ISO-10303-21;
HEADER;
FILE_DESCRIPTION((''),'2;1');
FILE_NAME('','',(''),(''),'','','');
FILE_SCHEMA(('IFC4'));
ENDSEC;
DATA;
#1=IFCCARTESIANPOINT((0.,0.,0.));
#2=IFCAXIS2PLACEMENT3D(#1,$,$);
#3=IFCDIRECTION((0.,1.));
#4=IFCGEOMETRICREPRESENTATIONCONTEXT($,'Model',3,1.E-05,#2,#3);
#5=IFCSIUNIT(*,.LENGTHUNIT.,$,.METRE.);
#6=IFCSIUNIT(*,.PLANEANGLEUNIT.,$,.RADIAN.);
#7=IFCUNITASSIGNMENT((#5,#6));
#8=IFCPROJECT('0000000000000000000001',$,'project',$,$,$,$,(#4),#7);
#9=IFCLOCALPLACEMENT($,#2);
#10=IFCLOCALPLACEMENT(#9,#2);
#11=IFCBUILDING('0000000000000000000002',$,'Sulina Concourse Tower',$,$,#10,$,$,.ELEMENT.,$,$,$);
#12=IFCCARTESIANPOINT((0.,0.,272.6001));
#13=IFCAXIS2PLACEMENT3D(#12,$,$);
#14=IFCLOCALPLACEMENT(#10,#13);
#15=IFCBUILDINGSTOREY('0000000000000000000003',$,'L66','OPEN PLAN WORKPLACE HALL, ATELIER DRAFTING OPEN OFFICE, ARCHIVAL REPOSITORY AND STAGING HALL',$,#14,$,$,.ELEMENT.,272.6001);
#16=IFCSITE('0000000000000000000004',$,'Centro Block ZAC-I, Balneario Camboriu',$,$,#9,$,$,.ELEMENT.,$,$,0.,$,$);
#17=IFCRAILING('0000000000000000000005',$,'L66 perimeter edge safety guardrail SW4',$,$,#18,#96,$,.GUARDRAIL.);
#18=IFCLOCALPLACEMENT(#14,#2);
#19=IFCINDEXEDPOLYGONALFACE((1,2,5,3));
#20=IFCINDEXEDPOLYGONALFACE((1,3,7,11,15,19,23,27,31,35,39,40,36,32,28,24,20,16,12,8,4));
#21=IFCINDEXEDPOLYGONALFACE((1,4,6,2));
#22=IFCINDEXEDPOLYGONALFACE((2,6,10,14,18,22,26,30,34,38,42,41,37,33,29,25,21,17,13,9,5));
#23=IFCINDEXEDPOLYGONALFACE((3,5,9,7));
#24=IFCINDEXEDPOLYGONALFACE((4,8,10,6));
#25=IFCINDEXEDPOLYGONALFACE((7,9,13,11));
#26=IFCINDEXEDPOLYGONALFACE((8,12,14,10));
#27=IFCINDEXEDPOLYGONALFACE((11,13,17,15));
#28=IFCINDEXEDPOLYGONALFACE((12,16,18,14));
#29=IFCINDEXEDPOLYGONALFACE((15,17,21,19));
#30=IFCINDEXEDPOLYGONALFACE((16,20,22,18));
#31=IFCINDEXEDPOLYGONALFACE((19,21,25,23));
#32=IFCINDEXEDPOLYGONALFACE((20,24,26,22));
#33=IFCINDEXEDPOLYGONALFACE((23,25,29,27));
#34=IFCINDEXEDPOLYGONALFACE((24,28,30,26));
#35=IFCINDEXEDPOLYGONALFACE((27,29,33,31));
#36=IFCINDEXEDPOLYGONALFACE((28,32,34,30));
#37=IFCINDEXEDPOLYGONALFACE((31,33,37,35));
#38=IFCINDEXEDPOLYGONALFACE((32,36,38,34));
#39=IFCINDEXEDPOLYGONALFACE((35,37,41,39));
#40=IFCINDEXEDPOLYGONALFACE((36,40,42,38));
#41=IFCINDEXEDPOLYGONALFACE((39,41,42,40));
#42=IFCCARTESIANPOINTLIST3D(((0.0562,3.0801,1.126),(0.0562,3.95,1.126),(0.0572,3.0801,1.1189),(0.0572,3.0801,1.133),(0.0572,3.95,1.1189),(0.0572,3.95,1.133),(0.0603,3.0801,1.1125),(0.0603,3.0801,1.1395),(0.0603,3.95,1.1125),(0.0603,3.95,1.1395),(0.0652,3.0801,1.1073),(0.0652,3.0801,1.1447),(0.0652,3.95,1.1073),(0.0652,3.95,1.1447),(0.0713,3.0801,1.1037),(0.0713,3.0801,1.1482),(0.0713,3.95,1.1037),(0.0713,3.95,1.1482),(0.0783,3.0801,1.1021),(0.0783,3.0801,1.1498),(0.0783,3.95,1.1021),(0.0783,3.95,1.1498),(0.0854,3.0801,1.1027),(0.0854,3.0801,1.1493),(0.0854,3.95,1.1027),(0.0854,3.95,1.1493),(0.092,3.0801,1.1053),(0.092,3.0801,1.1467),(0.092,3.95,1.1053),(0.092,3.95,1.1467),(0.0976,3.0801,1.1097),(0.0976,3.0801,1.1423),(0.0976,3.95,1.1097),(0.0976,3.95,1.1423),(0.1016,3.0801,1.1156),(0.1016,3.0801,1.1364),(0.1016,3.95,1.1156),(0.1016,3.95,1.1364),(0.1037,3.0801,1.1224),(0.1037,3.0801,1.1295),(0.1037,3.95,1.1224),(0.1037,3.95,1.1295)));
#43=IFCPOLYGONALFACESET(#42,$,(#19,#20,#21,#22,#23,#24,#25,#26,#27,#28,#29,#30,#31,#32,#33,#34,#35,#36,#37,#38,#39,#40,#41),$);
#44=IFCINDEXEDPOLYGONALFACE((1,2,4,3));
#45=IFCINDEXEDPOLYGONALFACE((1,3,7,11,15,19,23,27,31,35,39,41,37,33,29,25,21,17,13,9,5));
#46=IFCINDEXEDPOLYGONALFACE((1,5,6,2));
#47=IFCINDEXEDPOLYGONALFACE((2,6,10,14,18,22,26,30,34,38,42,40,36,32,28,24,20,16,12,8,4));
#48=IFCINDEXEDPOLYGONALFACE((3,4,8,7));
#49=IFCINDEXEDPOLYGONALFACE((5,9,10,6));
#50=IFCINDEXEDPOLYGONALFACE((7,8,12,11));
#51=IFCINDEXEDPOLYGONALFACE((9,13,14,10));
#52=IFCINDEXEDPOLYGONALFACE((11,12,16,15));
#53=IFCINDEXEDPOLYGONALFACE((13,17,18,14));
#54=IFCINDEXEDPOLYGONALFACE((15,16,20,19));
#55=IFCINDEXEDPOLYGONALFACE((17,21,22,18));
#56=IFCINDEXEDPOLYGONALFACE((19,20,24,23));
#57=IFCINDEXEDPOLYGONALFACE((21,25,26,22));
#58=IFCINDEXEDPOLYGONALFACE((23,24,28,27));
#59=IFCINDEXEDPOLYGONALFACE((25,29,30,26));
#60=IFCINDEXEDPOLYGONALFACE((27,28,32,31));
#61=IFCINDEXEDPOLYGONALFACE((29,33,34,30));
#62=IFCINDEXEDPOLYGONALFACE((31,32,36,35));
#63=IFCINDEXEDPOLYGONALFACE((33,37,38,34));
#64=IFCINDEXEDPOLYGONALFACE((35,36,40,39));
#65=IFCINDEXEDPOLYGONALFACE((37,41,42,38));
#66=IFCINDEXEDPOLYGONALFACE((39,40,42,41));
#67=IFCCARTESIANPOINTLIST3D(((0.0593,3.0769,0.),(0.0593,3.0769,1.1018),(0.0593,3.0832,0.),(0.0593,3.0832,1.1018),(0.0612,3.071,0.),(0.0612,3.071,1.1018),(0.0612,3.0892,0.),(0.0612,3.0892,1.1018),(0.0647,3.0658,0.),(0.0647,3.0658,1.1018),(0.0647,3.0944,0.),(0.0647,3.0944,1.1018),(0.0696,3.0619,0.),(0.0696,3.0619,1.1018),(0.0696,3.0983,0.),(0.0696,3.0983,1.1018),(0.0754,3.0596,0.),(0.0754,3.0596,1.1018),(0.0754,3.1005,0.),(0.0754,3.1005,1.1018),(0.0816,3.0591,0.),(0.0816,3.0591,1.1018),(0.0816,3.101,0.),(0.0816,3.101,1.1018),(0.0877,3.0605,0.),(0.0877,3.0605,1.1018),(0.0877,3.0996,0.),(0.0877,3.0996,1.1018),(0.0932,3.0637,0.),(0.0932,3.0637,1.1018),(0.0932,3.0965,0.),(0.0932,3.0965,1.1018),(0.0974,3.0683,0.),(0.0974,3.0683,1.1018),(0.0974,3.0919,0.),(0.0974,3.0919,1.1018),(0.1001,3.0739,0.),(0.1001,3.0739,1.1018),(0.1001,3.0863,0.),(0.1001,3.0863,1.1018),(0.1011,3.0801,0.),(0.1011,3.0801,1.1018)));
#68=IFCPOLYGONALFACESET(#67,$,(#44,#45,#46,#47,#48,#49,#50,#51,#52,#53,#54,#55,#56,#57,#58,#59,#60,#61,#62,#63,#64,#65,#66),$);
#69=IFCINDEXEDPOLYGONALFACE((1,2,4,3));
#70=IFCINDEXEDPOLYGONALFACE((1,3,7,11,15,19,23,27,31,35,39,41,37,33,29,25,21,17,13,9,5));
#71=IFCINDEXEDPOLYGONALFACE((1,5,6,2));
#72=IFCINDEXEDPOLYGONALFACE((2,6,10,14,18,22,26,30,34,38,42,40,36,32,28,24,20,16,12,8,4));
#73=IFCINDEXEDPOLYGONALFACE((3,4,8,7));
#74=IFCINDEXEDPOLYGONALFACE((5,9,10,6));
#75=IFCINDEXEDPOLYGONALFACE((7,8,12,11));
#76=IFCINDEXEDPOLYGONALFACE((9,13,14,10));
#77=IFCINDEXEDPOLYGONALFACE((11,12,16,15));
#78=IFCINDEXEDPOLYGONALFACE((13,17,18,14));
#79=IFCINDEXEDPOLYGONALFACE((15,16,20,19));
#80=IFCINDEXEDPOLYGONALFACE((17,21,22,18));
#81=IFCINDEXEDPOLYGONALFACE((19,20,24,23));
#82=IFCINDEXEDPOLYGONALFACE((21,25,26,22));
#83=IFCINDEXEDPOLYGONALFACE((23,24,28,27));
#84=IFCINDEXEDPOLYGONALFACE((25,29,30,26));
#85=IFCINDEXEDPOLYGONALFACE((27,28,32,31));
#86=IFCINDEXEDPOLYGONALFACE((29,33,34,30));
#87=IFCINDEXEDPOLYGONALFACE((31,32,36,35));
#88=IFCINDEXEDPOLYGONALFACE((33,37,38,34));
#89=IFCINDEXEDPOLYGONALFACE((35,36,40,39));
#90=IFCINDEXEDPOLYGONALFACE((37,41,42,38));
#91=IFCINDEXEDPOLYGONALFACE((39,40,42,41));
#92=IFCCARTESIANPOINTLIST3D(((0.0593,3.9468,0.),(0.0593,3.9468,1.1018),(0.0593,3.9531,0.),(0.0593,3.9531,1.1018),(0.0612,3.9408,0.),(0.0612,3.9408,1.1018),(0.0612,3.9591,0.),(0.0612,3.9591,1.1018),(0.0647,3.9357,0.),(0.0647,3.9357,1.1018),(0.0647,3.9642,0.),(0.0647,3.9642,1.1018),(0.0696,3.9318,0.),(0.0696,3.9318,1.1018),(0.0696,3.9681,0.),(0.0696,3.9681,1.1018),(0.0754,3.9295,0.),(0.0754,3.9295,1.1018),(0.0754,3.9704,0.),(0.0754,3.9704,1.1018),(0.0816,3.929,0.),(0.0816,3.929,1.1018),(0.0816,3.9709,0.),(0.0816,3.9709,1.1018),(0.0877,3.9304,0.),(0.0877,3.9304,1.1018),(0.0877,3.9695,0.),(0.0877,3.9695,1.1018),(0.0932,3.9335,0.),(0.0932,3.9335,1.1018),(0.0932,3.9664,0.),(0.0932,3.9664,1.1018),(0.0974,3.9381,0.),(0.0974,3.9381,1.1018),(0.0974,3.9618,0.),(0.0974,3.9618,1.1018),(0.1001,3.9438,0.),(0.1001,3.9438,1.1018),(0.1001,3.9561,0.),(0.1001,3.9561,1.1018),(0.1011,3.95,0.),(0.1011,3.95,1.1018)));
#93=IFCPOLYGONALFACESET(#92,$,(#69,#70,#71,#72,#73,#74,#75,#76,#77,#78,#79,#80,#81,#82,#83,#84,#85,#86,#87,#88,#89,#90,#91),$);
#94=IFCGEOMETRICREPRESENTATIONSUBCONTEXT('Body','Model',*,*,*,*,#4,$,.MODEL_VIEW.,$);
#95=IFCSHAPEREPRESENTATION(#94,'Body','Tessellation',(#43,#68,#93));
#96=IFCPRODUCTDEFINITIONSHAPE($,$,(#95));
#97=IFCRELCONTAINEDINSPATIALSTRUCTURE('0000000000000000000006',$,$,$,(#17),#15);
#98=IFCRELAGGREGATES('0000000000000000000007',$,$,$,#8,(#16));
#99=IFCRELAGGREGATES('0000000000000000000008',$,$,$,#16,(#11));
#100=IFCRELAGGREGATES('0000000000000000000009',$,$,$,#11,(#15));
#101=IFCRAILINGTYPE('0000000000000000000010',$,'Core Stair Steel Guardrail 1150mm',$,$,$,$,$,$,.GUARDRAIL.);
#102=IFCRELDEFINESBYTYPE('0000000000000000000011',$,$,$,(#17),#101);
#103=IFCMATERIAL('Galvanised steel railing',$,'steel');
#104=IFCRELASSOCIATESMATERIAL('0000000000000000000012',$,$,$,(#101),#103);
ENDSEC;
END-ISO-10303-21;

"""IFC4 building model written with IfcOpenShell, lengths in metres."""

from ifc_helpers import new_model, si_unit, direction, frame, origin, origin_2d, place, context, subcontext, project, spatial, circle, extrude, material, type_object, element, save


model = new_model("IFC4")

# Units and contexts
model_context = context("Model", 3, precision=1e-05, world=origin(), true_north=direction((0.0, 1.0)))
body_context = subcontext(model_context, "Body", "Model", "MODEL_VIEW")
ifc_project = project(units=[si_unit("LENGTHUNIT", "METRE"), si_unit("PLANEANGLEUNIT", "RADIAN")], contexts=[model_context])

# Site, building, storey
site_placement = place(None, origin())
site = spatial("IfcSite", under=ifc_project, at=site_placement, Name="Centro Block ZAC-I, Balneario Camboriu", CompositionType="ELEMENT", RefElevation=0.0)
building_placement = place(site_placement, origin())
building = spatial("IfcBuilding", under=site, at=building_placement, Name="Sulina Concourse Tower", CompositionType="ELEMENT")
storey_placement = place(building_placement, frame((0.0, 0.0, 272.6001)))
storey = spatial("IfcBuildingStorey", under=building, at=storey_placement, Name="L66", Description="OPEN PLAN WORKPLACE HALL, ATELIER DRAFTING OPEN OFFICE, ARCHIVAL REPOSITORY AND STAGING HALL", CompositionType="ELEMENT", Elevation=272.6001)

# Railing
ifc_material_1 = material(Name="Galvanised steel railing", Category="steel")
railing_type = type_object("IfcRailingType", Name="Core Stair Steel Guardrail 1150mm", PredefinedType="GUARDRAIL", material=ifc_material_1)
railing_1_placement = place(storey_placement, frame((0.0801, 3.0801, 0.0)))
element("IfcRailing", 1, at=railing_1_placement, inside=storey, type_object=railing_type, Name="L66 perimeter edge safety guardrail SW4", PredefinedType="GUARDRAIL", context=body_context, shape_type="SweptSolid", body=[
    extrude(circle(Radius=0.0239, at=origin_2d()), frame((0.0, 0.0, 1.126), z_axis=(0.0, 1.0, 0.0), x_axis=(-1.0, 0.0, 0.0)), (0.0, 0.0, 1.0), 0.8699),
    extrude(circle(Radius=0.021, at=origin_2d()), origin(), (0.0, 0.0, 1.0), 1.1018),
    extrude(circle(Radius=0.021, at=origin_2d()), frame((0.0, 0.8699, 0.0)), (0.0, 0.0, 1.0), 1.1018),
])

save(model, "model.ifc")
